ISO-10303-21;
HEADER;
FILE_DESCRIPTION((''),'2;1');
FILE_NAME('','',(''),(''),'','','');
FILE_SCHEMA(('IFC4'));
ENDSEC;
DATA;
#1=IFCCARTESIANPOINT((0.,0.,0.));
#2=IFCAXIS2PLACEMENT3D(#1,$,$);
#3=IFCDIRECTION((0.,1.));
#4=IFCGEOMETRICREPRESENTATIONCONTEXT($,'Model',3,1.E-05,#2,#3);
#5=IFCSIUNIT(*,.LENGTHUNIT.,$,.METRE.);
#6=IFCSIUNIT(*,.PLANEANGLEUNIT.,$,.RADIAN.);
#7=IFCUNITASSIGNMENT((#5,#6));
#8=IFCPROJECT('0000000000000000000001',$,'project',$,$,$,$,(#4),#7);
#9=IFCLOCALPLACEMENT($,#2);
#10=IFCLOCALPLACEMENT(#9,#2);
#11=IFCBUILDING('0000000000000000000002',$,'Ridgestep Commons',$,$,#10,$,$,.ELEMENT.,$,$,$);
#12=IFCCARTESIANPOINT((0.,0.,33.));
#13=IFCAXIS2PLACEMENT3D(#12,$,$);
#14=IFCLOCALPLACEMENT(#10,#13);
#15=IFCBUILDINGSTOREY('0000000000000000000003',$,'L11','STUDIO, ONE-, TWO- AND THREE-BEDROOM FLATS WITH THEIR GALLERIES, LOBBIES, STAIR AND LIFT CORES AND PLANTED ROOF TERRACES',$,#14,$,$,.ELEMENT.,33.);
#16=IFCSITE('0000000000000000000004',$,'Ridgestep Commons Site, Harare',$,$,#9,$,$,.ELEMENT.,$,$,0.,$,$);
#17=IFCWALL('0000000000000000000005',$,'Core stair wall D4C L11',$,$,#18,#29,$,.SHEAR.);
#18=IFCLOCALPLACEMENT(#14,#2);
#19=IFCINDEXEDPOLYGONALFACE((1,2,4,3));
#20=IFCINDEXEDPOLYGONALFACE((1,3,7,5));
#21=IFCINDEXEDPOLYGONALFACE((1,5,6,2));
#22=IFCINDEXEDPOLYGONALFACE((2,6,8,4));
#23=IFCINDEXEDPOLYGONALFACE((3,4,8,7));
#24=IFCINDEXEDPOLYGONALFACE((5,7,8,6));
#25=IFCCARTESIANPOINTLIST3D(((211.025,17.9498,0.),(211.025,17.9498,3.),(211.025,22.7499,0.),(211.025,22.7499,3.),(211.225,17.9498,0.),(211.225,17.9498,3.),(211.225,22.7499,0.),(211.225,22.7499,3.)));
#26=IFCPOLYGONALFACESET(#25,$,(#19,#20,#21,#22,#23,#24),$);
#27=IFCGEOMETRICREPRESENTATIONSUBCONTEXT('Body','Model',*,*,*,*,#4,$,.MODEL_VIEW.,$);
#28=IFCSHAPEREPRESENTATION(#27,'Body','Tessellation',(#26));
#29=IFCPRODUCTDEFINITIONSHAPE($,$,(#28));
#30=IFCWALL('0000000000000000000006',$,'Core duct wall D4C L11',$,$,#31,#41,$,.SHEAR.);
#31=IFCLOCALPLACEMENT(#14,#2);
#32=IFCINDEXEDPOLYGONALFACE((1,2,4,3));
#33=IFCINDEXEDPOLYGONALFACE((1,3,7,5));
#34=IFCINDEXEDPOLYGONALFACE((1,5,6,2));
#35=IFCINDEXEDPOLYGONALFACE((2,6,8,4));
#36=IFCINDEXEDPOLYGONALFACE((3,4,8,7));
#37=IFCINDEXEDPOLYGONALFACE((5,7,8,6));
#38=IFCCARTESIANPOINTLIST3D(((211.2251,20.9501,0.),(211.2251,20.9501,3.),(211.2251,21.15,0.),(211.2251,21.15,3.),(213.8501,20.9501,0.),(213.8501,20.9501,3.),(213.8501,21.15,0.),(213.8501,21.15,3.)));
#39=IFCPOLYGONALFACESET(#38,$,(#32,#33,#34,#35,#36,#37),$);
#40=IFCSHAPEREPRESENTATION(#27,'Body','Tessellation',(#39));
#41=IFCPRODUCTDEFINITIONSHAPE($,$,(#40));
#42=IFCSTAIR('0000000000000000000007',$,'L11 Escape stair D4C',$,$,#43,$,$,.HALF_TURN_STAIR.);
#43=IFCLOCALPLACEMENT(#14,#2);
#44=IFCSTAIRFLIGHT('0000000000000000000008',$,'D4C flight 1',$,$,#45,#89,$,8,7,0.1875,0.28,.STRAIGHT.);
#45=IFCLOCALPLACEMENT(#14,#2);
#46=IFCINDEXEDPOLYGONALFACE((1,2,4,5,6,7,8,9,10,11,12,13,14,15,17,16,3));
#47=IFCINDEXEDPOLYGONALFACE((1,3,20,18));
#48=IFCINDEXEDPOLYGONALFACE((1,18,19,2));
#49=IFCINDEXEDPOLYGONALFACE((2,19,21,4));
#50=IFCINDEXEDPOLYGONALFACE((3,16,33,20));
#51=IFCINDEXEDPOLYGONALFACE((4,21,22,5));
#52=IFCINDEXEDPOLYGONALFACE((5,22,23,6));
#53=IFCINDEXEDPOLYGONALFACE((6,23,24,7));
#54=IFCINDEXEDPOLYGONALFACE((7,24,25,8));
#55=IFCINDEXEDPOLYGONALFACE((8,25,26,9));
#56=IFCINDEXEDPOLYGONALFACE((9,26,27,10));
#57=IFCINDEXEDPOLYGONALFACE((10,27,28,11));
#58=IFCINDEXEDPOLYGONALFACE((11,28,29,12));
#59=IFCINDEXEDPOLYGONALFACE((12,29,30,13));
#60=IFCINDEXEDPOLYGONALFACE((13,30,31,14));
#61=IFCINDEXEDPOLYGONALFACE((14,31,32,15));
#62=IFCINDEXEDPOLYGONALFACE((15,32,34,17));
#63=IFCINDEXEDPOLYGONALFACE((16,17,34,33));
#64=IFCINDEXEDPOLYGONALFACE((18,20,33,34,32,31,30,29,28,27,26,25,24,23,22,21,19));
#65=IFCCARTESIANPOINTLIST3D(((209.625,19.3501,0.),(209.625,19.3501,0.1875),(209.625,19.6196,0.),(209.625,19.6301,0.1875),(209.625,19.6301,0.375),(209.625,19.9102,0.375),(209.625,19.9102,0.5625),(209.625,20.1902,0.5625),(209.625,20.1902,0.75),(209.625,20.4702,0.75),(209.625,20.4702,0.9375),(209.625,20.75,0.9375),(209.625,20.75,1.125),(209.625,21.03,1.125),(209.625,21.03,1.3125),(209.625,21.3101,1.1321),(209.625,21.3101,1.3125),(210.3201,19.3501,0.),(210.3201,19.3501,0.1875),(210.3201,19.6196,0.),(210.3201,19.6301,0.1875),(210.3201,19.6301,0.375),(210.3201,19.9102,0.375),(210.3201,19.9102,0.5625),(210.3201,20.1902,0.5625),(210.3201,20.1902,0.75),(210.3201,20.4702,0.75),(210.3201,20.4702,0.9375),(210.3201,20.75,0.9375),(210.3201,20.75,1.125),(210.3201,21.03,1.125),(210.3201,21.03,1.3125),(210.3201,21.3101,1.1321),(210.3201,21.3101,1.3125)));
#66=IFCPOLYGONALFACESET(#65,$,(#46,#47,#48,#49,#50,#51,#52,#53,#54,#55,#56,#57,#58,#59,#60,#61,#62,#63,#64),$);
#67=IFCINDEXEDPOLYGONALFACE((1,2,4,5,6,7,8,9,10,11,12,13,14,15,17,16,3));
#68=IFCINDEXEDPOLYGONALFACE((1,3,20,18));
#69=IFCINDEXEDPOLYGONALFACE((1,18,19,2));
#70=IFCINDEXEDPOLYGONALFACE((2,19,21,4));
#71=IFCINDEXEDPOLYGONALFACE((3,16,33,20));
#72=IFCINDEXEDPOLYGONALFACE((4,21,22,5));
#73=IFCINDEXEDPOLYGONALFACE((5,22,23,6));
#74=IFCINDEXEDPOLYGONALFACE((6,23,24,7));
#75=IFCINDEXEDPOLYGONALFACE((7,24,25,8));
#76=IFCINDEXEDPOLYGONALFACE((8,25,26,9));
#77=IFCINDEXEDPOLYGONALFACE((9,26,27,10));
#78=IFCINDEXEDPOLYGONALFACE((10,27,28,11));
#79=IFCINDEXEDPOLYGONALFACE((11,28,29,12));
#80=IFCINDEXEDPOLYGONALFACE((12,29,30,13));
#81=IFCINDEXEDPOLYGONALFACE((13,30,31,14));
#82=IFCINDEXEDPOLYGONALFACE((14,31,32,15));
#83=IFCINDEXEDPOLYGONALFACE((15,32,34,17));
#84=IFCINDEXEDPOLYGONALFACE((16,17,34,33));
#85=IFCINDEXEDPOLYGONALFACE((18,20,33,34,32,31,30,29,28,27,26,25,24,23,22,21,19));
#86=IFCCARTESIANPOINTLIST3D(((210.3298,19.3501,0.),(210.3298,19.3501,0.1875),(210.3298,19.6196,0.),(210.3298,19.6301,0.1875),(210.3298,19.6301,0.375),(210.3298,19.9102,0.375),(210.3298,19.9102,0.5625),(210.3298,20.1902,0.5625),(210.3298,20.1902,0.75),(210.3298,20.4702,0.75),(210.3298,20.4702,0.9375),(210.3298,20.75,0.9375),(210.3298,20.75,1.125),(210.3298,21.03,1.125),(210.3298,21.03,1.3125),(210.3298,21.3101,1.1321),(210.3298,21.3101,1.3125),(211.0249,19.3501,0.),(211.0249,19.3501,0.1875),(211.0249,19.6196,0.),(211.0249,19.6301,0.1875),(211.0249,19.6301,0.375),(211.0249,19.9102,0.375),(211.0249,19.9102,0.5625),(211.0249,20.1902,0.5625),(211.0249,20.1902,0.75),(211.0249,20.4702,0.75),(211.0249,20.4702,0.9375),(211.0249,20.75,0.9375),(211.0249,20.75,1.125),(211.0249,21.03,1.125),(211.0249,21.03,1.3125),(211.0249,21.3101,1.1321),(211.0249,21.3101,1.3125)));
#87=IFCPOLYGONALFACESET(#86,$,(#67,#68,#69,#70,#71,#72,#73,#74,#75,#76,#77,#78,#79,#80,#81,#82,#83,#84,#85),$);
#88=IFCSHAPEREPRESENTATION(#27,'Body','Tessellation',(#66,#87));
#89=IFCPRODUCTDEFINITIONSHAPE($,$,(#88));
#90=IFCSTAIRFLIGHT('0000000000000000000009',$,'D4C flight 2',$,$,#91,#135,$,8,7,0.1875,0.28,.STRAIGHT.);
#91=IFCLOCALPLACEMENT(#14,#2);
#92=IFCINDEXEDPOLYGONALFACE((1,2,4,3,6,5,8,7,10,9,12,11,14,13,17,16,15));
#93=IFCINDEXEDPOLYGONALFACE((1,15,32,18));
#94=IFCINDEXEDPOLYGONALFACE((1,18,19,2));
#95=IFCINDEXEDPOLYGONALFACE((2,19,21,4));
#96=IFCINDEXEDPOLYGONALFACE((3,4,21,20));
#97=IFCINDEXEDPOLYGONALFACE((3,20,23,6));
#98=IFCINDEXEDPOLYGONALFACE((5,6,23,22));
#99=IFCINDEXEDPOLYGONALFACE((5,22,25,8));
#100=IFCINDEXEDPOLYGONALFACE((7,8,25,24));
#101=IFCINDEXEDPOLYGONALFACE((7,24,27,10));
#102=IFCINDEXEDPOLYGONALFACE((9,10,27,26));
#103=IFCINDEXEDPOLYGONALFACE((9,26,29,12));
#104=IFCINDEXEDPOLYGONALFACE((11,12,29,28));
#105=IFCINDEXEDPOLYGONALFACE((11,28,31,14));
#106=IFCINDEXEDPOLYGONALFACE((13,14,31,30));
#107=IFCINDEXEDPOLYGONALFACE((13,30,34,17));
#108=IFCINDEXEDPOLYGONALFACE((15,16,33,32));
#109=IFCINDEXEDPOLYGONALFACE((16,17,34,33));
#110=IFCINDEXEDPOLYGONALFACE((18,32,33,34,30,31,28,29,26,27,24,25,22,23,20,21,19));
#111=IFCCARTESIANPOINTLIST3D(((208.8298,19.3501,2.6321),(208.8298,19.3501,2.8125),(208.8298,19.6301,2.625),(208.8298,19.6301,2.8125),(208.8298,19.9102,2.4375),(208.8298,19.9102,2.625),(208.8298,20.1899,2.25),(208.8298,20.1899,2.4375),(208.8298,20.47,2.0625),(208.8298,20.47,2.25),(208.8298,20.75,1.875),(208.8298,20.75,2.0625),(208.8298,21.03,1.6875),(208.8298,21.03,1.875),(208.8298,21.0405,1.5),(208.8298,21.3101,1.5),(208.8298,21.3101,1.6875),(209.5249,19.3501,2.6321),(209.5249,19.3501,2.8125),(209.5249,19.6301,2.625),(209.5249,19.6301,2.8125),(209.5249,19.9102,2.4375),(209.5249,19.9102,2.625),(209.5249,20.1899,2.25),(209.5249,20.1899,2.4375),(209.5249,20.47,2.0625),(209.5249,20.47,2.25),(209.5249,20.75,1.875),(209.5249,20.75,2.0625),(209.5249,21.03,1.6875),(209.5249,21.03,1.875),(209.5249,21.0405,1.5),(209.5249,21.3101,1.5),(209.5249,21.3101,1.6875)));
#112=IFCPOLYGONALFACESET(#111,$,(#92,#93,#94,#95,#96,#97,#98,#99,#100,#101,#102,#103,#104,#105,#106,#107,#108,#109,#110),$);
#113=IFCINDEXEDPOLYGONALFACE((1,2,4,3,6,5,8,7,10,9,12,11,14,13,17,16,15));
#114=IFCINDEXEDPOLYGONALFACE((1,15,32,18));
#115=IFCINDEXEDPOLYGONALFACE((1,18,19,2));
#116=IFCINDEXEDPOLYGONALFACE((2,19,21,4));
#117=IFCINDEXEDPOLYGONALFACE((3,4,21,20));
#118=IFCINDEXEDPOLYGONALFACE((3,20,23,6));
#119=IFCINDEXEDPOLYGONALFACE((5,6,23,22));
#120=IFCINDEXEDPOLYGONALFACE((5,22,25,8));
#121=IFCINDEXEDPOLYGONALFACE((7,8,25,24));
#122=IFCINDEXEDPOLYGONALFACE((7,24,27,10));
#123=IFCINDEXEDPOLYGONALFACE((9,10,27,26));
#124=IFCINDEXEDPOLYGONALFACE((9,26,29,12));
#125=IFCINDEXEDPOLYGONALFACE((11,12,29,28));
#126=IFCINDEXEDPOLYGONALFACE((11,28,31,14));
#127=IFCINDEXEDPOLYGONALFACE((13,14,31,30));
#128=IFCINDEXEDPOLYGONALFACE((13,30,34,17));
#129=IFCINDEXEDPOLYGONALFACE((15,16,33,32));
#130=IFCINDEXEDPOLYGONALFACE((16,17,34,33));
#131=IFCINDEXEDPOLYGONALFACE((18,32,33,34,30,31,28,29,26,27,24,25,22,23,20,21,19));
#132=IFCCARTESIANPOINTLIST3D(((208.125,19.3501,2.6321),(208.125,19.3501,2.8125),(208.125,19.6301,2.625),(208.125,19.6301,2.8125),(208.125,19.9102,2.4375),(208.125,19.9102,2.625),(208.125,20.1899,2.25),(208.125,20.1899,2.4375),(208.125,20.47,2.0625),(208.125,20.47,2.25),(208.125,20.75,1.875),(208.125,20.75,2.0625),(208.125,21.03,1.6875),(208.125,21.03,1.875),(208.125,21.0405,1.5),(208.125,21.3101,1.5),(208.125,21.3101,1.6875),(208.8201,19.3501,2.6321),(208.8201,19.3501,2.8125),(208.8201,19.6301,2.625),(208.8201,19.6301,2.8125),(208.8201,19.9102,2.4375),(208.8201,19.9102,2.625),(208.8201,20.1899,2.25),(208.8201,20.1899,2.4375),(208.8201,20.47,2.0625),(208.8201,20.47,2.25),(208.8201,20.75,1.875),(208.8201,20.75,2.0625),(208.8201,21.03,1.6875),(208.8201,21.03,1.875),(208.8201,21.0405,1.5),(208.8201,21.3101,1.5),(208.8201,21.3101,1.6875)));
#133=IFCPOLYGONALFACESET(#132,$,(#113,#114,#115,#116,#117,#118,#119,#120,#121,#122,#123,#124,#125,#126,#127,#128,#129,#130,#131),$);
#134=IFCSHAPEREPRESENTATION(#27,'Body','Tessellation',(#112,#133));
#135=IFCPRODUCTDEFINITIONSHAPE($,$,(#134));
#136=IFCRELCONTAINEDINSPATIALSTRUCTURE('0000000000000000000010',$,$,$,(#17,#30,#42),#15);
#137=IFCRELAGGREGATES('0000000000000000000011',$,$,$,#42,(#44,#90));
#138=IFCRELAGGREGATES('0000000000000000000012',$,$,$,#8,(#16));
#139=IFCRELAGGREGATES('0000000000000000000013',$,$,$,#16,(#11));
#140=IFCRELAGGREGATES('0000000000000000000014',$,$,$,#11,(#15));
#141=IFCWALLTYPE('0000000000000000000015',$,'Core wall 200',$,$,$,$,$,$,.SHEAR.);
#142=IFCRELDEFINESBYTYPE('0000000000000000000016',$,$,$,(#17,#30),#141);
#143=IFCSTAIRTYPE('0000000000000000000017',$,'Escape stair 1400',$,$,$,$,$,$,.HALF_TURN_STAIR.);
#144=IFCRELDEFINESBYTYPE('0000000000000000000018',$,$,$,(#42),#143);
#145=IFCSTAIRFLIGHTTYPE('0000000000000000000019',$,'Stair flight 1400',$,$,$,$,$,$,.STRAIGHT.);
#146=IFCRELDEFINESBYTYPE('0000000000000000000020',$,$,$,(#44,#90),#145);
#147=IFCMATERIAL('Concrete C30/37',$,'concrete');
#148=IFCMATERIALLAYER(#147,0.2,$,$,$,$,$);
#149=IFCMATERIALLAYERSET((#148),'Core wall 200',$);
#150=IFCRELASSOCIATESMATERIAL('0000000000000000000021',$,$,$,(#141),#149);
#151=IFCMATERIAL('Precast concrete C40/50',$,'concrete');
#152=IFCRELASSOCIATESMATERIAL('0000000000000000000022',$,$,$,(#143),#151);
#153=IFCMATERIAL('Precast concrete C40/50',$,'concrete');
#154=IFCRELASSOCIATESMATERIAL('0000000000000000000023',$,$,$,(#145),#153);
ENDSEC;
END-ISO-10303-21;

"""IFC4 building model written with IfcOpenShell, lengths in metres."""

from ifc_helpers import new_model, si_unit, direction, frame, frame_2d, origin, place, context, subcontext, project, spatial, polyline, rectangle, outline, extrude, material, layer, layer_set, type_object, element, aggregate, save


model = new_model("IFC4")

# Units and contexts
model_context = context("Model", 3, precision=1e-05, world=origin(), true_north=direction((0.0, 1.0)))
body_context = subcontext(model_context, "Body", "Model", "MODEL_VIEW")
ifc_project = project(units=[si_unit("LENGTHUNIT", "METRE"), si_unit("PLANEANGLEUNIT", "RADIAN")], contexts=[model_context])

# Site, building, storey
site_placement = place(None, origin())
site = spatial("IfcSite", under=ifc_project, at=site_placement, Name="Ridgestep Commons Site, Harare", CompositionType="ELEMENT", RefElevation=0.0)
building_placement = place(site_placement, origin())
building = spatial("IfcBuilding", under=site, at=building_placement, Name="Ridgestep Commons", CompositionType="ELEMENT")
storey_placement = place(building_placement, frame((0.0, 0.0, 33.0)))
storey = spatial("IfcBuildingStorey", under=building, at=storey_placement, Name="L11", Description="STUDIO, ONE-, TWO- AND THREE-BEDROOM FLATS WITH THEIR GALLERIES, LOBBIES, STAIR AND LIFT CORES AND PLANTED ROOF TERRACES", CompositionType="ELEMENT", Elevation=33.0)

# Shared definitions
ifc_material_1 = material(Name="Concrete C30/37", Category="concrete")
ifc_layer_1 = layer(ifc_material_1, 0.2)
ifc_layer_set_1 = layer_set([ifc_layer_1], Name="Core wall 200")
wall_type_1 = type_object("IfcWallType", Name="Core wall 200", PredefinedType="SHEAR", material=ifc_layer_set_1)

# Walls
wall_1_placement = place(storey_placement, frame((211.125, 17.95, 0.0), z_axis=(0.0, 0.0, 1.0), x_axis=(0.0, 1.0, 0.0)))
element("IfcWall", 1, at=wall_1_placement, inside=storey, type_object=wall_type_1, Name="Core stair wall D4C L11", PredefinedType="SHEAR", context=body_context, shape_type="SweptSolid", body=[
    extrude(rectangle(XDim=4.8, YDim=0.2, at=frame_2d((2.3999, 0.0))), origin(), (0.0, 0.0, 1.0), 3.0),
])
wall_2_placement = place(storey_placement, frame((211.2251, 21.05, 0.0), z_axis=(0.0, 0.0, 1.0), x_axis=(1.0, 0.0, 0.0)))
element("IfcWall", 2, at=wall_2_placement, inside=storey, type_object=wall_type_1, Name="Core duct wall D4C L11", PredefinedType="SHEAR", context=body_context, shape_type="SweptSolid", body=[
    extrude(rectangle(XDim=2.625, YDim=0.2, at=frame_2d((1.3125, 0.0))), origin(), (0.0, 0.0, 1.0), 3.0),
])

# Stair, stair flights
ifc_material_2 = material(Name="Precast concrete C40/50", Category="concrete")
stair_type = type_object("IfcStairType", Name="Escape stair 1400", PredefinedType="HALF_TURN_STAIR", material=ifc_material_2)
stair_placement = place(storey_placement, origin())
stair = element("IfcStair", 3, at=stair_placement, inside=storey, type_object=stair_type, Name="L11 Escape stair D4C", PredefinedType="HALF_TURN_STAIR")
ifc_material_3 = material(Name="Precast concrete C40/50", Category="concrete")
stair_flight_type = type_object("IfcStairFlightType", Name="Stair flight 1400", PredefinedType="STRAIGHT", material=ifc_material_3)
stair_flight_1_placement = place(storey_placement, frame((210.325, 19.3501, 0.0), z_axis=(0.0, 0.0, 1.0), x_axis=(0.0, 1.0, 0.0)))
stair_flight_1 = element("IfcStairFlight", 4, at=stair_flight_1_placement, type_object=stair_flight_type, Name="D4C flight 1", NumberOfRisers=8, NumberOfTreads=7, PredefinedType="STRAIGHT", RiserHeight=0.1875, TreadLength=0.28, context=body_context, shape_type="SweptSolid", body=[
    extrude(outline(polyline([(0.0, 0.0), (0.0, 0.1875), (0.28, 0.1875), (0.28, 0.375), (0.5601, 0.375), (0.5601, 0.5625), (0.8401, 0.5625), (0.8401, 0.75), (1.1201, 0.75), (1.1201, 0.9375), (1.3999, 0.9375), (1.3999, 1.125), (1.6799, 1.125), (1.6799, 1.3125), (1.96, 1.3125), (1.96, 1.5), (1.96, 1.1321), (0.2695, 0.0), (0.0, 0.0)])), frame((0.0, 0.7, 0.0), z_axis=(0.0, -1.0, 0.0), x_axis=(1.0, 0.0, 0.0)), (0.0, 0.0, 1.0), 0.6951),
    extrude(outline(polyline([(0.0, 0.0), (0.0, 0.1875), (0.28, 0.1875), (0.28, 0.375), (0.5601, 0.375), (0.5601, 0.5625), (0.8401, 0.5625), (0.8401, 0.75), (1.1201, 0.75), (1.1201, 0.9375), (1.3999, 0.9375), (1.3999, 1.125), (1.6799, 1.125), (1.6799, 1.3125), (1.96, 1.3125), (1.96, 1.5), (1.96, 1.1321), (0.2695, 0.0), (0.0, 0.0)])), frame((0.0, -0.0049, 0.0), z_axis=(0.0, -1.0, 0.0), x_axis=(1.0, 0.0, 0.0)), (0.0, 0.0, 1.0), 0.6951),
])
stair_flight_2_placement = place(storey_placement, frame((208.825, 21.3101, 1.5), z_axis=(0.0, 0.0, 1.0), x_axis=(0.0, -1.0, 0.0)))
stair_flight_2 = element("IfcStairFlight", 5, at=stair_flight_2_placement, type_object=stair_flight_type, Name="D4C flight 2", NumberOfRisers=8, NumberOfTreads=7, PredefinedType="STRAIGHT", RiserHeight=0.1875, TreadLength=0.28, context=body_context, shape_type="SweptSolid", body=[
    extrude(outline(polyline([(0.0, 0.0), (0.0, 0.1875), (0.28, 0.1875), (0.28, 0.375), (0.5601, 0.375), (0.5601, 0.5625), (0.8401, 0.5625), (0.8401, 0.75), (1.1201, 0.75), (1.1201, 0.9375), (1.3999, 0.9375), (1.3999, 1.125), (1.6799, 1.125), (1.6799, 1.3125), (1.96, 1.3125), (1.96, 1.5), (1.96, 1.1321), (0.2695, 0.0), (0.0, 0.0)])), frame((0.0, 0.7, 0.0), z_axis=(0.0, -1.0, 0.0), x_axis=(1.0, 0.0, 0.0)), (0.0, 0.0, 1.0), 0.6951),
    extrude(outline(polyline([(0.0, 0.0), (0.0, 0.1875), (0.28, 0.1875), (0.28, 0.375), (0.5601, 0.375), (0.5601, 0.5625), (0.8401, 0.5625), (0.8401, 0.75), (1.1201, 0.75), (1.1201, 0.9375), (1.3999, 0.9375), (1.3999, 1.125), (1.6799, 1.125), (1.6799, 1.3125), (1.96, 1.3125), (1.96, 1.5), (1.96, 1.1321), (0.2695, 0.0), (0.0, 0.0)])), frame((0.0, -0.0049, 0.0), z_axis=(0.0, -1.0, 0.0), x_axis=(1.0, 0.0, 0.0)), (0.0, 0.0, 1.0), 0.6951),
])
aggregate(stair, [stair_flight_1, stair_flight_2])

save(model, "model.ifc")
